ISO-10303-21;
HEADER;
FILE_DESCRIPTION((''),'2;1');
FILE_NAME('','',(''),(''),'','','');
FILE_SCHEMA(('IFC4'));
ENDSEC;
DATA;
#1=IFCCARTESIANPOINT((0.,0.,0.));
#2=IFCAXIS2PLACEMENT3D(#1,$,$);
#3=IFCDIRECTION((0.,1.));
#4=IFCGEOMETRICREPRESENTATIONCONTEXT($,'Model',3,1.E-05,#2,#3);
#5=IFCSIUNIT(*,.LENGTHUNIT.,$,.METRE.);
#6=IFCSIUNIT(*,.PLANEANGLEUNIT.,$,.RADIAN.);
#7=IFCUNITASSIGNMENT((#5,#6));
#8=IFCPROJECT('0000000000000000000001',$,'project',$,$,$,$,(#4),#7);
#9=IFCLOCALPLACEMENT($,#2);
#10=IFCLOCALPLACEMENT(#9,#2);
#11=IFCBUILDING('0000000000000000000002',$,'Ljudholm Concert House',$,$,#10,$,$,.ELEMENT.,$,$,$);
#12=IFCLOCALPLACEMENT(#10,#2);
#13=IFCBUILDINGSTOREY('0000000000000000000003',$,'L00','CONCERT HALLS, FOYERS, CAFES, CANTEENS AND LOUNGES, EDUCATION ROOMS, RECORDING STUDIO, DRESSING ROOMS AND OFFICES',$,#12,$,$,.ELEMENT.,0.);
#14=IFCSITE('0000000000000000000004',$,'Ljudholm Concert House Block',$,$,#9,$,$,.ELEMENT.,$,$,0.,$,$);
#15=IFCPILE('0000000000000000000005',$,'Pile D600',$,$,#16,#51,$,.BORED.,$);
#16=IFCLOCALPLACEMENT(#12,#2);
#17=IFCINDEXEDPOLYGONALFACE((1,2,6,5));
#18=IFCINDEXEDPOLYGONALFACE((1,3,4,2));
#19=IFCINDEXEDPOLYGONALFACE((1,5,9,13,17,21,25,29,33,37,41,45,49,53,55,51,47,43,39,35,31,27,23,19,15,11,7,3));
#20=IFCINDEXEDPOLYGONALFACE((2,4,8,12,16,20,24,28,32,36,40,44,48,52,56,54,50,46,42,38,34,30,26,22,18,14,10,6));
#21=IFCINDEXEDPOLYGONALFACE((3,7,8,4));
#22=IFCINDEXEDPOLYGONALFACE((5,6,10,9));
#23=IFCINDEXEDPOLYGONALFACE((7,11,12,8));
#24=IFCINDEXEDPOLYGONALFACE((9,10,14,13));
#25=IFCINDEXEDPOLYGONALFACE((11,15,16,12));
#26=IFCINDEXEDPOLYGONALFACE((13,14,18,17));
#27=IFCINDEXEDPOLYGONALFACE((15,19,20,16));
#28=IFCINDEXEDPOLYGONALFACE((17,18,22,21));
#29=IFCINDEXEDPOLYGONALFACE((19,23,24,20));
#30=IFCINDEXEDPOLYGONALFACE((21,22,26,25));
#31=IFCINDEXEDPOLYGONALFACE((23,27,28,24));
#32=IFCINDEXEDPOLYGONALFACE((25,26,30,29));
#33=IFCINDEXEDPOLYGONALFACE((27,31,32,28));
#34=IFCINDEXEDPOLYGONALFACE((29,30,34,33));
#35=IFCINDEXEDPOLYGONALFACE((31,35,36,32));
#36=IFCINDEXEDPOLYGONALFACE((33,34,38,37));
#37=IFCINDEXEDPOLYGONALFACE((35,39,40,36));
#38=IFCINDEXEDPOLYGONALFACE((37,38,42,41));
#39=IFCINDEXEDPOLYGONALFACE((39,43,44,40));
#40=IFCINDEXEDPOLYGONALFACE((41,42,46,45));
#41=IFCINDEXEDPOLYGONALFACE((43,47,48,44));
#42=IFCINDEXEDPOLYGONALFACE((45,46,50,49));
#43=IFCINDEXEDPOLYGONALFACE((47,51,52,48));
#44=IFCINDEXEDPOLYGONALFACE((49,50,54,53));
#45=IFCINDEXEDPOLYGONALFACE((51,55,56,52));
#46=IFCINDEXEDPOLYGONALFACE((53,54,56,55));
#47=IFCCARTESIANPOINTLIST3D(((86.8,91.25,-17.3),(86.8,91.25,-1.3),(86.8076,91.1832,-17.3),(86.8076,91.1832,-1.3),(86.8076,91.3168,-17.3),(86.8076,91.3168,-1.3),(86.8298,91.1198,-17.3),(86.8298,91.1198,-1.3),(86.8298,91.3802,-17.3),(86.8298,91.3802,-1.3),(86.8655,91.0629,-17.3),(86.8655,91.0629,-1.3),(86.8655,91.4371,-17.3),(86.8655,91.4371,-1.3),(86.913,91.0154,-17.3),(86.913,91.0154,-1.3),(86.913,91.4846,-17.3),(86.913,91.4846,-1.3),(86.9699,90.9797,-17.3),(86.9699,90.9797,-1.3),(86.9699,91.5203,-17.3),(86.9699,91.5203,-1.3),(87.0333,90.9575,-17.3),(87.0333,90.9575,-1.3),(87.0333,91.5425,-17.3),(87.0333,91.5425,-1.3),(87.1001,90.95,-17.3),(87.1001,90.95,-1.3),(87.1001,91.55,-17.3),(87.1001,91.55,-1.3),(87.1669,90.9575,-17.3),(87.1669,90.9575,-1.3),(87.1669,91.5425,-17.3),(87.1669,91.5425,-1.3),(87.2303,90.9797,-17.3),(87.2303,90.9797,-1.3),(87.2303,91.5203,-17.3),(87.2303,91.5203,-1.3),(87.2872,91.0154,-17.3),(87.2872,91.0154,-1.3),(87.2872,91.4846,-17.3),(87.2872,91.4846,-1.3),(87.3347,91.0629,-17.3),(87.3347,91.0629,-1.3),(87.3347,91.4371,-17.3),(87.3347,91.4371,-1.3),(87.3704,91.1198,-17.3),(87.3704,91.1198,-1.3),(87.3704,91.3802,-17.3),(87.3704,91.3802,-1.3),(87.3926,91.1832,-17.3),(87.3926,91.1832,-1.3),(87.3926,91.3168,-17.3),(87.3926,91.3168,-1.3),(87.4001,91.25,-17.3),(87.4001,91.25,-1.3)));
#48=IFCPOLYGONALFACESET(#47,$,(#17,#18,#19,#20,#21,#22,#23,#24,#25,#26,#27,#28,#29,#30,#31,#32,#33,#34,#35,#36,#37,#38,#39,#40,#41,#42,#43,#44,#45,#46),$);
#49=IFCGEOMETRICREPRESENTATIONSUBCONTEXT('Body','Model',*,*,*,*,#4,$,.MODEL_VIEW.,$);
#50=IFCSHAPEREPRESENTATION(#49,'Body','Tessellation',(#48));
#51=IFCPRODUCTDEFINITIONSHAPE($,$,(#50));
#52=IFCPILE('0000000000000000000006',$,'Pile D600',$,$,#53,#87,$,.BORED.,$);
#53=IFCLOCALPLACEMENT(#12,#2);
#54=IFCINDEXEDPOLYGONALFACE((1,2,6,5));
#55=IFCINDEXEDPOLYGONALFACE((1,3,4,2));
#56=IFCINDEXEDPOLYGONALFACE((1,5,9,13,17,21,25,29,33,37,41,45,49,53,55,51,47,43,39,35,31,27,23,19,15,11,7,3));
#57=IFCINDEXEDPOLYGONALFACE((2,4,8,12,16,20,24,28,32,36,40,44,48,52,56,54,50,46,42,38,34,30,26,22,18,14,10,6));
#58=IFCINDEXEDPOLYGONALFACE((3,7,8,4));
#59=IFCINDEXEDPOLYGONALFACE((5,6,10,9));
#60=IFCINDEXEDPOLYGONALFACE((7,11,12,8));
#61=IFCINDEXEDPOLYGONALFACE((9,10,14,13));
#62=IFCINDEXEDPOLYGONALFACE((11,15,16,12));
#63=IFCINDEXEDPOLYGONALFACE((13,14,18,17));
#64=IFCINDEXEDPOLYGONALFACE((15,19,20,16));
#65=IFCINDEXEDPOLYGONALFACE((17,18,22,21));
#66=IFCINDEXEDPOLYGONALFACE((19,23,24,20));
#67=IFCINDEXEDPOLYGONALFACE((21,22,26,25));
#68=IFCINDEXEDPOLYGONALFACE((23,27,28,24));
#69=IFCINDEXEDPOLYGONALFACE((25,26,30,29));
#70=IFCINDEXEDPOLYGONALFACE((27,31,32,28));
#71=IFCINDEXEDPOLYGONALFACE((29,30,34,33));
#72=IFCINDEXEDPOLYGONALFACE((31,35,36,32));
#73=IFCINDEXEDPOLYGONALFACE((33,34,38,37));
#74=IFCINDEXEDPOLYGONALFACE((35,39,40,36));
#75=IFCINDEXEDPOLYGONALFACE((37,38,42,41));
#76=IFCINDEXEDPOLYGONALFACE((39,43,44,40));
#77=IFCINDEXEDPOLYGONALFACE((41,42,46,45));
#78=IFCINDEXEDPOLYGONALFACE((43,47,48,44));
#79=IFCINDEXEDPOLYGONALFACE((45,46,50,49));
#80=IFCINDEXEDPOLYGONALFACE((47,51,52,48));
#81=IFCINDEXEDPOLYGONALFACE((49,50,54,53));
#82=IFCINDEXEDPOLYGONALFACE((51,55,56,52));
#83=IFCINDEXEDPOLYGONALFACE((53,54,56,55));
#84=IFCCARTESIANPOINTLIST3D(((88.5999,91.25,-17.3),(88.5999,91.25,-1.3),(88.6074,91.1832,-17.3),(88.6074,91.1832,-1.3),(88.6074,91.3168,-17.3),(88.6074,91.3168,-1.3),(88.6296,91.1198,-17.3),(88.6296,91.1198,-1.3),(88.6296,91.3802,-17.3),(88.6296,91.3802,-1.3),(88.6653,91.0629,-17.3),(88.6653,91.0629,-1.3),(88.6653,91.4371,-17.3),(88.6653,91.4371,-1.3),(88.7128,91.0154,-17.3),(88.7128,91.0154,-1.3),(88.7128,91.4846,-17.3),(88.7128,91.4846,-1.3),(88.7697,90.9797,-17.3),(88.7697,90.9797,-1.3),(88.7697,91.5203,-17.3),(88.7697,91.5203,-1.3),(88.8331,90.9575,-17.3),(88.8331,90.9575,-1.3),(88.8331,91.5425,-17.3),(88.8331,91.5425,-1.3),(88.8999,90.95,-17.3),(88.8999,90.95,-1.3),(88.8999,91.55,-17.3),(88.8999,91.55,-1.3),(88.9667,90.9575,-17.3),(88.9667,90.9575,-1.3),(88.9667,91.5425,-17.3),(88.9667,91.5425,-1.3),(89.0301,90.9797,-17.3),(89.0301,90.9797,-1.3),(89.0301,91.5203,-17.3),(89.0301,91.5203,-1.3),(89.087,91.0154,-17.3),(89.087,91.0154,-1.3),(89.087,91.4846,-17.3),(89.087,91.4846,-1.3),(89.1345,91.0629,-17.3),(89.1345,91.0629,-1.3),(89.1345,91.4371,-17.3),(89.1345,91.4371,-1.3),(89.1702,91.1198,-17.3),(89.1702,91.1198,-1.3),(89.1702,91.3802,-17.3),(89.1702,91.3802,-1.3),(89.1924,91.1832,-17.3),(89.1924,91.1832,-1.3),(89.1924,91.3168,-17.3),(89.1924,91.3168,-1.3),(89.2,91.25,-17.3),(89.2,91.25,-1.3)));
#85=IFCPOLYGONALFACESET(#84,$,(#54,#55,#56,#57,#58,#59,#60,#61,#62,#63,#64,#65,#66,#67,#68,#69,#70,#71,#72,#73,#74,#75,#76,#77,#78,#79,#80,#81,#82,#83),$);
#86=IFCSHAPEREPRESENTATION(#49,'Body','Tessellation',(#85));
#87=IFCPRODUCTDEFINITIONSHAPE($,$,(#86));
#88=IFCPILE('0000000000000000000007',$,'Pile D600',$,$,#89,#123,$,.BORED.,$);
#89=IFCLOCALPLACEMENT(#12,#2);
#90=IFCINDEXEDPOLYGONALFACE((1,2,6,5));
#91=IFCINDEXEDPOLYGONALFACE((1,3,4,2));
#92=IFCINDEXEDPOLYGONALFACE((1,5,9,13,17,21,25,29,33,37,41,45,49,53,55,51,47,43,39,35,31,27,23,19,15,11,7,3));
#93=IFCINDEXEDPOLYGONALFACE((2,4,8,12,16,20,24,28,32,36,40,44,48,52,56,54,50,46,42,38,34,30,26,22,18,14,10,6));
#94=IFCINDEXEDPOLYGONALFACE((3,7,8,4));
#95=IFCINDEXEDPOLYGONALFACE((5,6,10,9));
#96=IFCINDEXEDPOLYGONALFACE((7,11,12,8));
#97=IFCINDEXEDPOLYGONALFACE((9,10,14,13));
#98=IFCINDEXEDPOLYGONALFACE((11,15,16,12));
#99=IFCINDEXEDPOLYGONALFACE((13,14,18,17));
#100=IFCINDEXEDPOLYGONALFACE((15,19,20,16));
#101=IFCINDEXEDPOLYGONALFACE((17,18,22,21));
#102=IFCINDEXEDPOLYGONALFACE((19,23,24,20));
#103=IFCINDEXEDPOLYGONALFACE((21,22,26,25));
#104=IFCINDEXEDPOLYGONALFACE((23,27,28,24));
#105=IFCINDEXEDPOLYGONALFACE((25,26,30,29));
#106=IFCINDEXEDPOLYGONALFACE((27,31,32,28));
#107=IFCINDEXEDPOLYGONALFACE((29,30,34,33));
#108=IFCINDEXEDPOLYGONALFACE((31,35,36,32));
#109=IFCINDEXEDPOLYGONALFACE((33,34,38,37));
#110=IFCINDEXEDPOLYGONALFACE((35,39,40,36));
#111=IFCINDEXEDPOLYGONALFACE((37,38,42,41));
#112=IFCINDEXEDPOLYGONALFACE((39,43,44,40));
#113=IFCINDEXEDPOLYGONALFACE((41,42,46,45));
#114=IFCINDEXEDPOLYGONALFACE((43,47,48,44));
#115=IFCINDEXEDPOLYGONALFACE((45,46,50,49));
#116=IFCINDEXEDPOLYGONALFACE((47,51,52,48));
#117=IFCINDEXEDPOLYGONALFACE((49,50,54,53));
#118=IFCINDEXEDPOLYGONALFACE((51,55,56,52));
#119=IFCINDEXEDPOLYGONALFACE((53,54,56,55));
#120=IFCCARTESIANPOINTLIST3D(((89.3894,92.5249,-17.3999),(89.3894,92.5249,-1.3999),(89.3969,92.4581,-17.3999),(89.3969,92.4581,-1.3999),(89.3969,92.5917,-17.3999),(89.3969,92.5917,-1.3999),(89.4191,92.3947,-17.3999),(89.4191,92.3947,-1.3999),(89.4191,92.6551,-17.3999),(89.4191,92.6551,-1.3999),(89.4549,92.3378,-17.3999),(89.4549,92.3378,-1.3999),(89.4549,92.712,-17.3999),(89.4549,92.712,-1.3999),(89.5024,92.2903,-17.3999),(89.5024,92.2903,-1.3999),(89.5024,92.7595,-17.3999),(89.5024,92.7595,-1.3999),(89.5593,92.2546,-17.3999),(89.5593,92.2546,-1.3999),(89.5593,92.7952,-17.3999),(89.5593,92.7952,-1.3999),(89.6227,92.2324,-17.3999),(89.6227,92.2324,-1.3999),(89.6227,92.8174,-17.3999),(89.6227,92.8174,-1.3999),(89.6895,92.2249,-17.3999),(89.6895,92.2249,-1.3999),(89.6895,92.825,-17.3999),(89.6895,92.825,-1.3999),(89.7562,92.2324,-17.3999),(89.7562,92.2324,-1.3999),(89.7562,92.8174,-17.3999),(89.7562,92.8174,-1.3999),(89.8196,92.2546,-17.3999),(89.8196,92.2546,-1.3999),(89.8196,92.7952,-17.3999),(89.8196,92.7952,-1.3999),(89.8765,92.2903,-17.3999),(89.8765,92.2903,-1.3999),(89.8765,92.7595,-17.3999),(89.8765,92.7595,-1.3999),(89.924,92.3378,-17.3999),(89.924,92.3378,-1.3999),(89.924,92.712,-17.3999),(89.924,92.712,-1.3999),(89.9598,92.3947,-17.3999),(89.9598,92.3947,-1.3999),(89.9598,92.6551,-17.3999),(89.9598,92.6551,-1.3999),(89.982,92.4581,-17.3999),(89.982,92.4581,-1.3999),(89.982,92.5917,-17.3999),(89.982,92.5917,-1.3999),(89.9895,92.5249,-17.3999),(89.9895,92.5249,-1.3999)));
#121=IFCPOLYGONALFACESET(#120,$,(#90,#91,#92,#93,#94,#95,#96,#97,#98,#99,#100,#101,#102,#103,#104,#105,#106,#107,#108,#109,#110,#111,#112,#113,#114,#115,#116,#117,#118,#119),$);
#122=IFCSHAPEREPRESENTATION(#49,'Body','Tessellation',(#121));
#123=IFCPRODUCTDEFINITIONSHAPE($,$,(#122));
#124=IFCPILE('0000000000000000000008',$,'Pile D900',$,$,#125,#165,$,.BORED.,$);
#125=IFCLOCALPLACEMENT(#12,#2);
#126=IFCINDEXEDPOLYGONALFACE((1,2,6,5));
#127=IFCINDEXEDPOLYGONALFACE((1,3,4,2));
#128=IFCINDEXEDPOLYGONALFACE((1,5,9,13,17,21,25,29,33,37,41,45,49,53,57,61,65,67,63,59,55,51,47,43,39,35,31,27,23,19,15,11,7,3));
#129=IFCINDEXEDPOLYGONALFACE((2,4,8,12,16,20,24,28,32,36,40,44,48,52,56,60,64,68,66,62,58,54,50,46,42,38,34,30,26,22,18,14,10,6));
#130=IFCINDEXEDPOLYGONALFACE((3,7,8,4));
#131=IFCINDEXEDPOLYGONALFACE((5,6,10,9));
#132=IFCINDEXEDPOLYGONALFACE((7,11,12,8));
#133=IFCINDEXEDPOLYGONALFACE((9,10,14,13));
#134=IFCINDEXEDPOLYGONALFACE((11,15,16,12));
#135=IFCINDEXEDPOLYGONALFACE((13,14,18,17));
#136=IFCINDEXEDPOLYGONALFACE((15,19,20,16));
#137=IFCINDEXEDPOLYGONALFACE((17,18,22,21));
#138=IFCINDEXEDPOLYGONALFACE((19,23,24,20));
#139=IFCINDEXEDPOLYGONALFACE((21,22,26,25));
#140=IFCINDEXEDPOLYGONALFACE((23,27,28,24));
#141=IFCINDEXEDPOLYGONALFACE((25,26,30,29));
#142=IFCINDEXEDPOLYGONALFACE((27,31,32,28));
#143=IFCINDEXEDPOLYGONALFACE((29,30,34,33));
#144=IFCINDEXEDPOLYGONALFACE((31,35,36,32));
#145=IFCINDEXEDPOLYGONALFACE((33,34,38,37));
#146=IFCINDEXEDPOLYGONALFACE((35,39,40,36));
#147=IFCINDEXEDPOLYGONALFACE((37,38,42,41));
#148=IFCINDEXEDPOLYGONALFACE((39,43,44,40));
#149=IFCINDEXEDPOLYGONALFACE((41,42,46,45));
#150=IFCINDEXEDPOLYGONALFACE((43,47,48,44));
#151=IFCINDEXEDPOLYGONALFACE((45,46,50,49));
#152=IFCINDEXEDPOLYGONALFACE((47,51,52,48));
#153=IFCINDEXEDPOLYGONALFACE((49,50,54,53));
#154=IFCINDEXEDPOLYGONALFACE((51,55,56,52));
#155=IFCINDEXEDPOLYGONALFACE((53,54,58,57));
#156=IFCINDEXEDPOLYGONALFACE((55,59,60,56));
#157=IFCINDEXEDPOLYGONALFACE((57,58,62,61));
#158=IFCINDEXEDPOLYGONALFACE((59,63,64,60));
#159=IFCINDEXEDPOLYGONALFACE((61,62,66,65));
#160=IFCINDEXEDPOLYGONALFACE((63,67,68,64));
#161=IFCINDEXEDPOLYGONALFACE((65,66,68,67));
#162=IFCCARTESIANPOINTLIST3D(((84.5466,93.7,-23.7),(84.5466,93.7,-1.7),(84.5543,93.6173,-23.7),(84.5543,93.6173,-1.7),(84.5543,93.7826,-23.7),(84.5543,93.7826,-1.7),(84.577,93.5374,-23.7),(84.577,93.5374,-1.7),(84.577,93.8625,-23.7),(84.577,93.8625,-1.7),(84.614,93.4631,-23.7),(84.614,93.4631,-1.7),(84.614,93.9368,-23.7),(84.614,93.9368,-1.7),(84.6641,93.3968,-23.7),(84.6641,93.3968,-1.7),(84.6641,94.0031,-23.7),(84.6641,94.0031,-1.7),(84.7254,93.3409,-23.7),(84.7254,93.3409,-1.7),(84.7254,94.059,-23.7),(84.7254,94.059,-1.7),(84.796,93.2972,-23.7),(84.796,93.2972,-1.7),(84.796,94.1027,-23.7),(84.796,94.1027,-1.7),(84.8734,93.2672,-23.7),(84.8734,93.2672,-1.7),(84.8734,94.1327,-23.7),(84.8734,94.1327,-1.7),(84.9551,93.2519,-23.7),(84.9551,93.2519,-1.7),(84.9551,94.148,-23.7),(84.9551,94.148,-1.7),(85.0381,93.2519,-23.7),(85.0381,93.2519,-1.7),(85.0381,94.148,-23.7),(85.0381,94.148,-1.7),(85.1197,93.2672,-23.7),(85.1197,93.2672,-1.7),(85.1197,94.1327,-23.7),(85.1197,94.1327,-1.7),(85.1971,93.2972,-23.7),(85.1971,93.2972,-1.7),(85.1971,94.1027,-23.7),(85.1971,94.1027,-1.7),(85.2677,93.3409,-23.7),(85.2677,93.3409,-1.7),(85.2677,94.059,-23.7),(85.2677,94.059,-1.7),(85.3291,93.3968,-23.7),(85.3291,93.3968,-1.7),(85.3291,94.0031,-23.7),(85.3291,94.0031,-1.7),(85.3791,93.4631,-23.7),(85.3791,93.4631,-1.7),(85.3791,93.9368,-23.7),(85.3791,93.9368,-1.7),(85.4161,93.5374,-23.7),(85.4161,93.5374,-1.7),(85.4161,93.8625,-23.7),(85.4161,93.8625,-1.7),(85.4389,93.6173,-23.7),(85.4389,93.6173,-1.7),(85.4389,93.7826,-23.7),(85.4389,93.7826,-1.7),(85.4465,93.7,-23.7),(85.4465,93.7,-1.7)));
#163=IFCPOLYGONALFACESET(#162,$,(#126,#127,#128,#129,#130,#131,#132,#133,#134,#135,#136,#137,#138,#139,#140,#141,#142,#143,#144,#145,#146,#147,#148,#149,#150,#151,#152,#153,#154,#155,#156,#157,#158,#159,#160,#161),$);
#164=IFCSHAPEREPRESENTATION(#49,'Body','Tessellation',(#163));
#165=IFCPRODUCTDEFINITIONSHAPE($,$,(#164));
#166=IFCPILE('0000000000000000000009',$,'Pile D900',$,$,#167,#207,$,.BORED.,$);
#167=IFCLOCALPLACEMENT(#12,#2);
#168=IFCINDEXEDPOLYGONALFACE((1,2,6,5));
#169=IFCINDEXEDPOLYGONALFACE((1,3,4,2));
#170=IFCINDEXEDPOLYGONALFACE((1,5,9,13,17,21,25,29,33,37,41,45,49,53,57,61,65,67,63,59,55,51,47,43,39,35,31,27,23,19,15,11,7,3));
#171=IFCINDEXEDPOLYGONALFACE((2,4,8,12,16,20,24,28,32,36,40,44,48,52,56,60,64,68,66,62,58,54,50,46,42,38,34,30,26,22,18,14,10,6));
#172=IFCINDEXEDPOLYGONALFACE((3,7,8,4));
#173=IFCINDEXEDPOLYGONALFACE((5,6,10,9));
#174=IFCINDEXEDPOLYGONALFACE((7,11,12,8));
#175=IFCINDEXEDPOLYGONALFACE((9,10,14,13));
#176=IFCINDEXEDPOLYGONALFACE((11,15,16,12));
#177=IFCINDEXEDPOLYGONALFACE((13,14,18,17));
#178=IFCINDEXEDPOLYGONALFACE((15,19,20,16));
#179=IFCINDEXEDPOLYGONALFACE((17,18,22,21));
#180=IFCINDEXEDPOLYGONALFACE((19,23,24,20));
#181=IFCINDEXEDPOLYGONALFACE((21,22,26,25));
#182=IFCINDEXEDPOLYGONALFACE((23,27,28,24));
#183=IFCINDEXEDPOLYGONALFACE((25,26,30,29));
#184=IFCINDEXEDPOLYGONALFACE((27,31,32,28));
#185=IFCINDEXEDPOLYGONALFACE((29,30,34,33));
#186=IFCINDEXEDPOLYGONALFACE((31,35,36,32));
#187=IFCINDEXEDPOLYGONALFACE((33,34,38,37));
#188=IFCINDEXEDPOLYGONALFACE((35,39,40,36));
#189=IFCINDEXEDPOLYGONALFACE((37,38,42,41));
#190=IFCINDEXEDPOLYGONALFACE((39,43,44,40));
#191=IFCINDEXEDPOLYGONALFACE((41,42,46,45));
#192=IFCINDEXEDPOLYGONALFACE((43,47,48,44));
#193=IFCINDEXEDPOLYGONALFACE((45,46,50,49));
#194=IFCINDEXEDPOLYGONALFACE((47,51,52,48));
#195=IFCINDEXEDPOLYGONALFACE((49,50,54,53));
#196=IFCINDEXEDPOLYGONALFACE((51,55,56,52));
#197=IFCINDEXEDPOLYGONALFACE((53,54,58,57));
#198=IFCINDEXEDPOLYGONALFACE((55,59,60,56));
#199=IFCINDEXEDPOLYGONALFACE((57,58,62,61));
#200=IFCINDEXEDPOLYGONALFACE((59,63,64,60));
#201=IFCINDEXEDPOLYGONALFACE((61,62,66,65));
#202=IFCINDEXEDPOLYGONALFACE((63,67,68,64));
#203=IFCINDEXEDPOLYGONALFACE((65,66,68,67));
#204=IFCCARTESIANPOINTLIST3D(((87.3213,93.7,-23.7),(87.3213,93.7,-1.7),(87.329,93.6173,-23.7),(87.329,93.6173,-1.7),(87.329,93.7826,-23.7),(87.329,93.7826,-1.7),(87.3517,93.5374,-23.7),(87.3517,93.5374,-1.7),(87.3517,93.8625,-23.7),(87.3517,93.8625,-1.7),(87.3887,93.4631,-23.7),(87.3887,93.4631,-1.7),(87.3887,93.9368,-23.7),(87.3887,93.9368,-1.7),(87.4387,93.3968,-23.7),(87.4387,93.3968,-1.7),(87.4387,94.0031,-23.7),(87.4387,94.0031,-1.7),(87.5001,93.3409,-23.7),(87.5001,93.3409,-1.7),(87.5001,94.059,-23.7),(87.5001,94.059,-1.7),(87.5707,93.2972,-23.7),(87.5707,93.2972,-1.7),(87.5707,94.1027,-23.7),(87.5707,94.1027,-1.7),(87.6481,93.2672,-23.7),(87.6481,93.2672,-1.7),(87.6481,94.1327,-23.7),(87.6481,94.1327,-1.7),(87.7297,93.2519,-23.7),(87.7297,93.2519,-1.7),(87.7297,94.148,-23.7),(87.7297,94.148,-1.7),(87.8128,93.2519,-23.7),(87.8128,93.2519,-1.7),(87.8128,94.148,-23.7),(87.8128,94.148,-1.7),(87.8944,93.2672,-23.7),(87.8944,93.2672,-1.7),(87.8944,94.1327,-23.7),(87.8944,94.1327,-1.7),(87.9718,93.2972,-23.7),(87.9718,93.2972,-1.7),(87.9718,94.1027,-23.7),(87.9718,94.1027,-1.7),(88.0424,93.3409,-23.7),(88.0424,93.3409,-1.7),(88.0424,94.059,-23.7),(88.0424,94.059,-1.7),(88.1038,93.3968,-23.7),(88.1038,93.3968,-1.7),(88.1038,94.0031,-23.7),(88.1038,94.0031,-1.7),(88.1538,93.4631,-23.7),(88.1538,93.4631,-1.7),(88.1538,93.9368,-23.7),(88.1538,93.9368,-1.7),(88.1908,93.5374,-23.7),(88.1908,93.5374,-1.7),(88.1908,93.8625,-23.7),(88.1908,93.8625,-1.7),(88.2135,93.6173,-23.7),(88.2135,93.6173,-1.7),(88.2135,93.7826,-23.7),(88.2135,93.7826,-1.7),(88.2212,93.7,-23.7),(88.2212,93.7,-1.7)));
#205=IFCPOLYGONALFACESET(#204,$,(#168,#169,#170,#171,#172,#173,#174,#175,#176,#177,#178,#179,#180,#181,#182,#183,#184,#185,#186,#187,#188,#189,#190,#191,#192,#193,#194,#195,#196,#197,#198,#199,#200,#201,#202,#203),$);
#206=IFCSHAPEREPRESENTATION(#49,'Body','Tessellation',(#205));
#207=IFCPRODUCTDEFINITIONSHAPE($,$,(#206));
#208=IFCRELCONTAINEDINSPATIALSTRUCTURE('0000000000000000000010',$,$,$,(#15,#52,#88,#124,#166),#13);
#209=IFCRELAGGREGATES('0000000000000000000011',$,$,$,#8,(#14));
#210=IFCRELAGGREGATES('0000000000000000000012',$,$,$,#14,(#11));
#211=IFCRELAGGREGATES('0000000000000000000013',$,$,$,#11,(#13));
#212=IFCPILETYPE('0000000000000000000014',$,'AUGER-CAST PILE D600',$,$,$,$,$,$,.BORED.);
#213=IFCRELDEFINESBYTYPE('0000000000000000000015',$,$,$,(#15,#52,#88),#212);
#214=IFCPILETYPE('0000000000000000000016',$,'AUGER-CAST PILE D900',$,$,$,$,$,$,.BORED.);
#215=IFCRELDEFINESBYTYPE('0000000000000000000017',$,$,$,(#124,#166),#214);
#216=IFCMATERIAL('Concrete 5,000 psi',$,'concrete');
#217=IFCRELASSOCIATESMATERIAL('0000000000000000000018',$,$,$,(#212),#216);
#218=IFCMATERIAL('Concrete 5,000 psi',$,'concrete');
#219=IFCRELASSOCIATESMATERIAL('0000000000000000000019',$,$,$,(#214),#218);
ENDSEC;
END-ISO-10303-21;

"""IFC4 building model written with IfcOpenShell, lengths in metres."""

from ifc_helpers import new_model, si_unit, direction, frame, origin, origin_2d, place, context, subcontext, project, spatial, circle, extrude, material, material_profile, profile_set, type_object, element, save


model = new_model("IFC4")

# Units and contexts
model_context = context("Model", 3, precision=1e-05, world=origin(), true_north=direction((0.0, 1.0)))
body_context = subcontext(model_context, "Body", "Model", "MODEL_VIEW")
ifc_project = project(units=[si_unit("LENGTHUNIT", "METRE"), si_unit("PLANEANGLEUNIT", "RADIAN")], contexts=[model_context])

# Site, building, storey
site_placement = place(None, origin())
site = spatial("IfcSite", under=ifc_project, at=site_placement, Name="Ljudholm Concert House Block", CompositionType="ELEMENT", RefElevation=0.0)
building_placement = place(site_placement, origin())
building = spatial("IfcBuilding", under=site, at=building_placement, Name="Ljudholm Concert House", CompositionType="ELEMENT")
storey_placement = place(building_placement, origin())
storey = spatial("IfcBuildingStorey", under=building, at=storey_placement, Name="L00", Description="CONCERT HALLS, FOYERS, CAFES, CANTEENS AND LOUNGES, EDUCATION ROOMS, RECORDING STUDIO, DRESSING ROOMS AND OFFICES", CompositionType="ELEMENT", Elevation=0.0)

# Piles
ifc_material_1 = material(Name="Concrete 5,000 psi", Category="concrete")
ifc_material_profile_1 = material_profile(ifc_material_1, circle(Radius=0.3, at=origin_2d()), Name="AUGER-CAST PILE D600")
ifc_profile_set_1 = profile_set([ifc_material_profile_1], Name="Concrete 5,000 psi")
pile_type_1 = type_object("IfcPileType", Name="AUGER-CAST PILE D600", PredefinedType="BORED", material=ifc_profile_set_1)
for number, where, z_axis, x_axis, name in (
    (1, (87.1001, 91.25, -1.3), (0.0, 0.0, -1.0), (1.0, 0.0, 0.0), "Pile D600"),
    (2, (88.8999, 91.25, -1.3), (0.0, 0.0, -1.0), (1.0, 0.0, 0.0), "Pile D600"),
    (3, (89.6895, 92.5249, -1.3999), (0.0, 0.0, -1.0), (1.0, 0.0, 0.0), "Pile D600"),
):
    element("IfcPile", number, at=place(storey_placement, frame(where, z_axis=z_axis, x_axis=x_axis)), inside=storey, type_object=pile_type_1, Name=name, PredefinedType="BORED", context=body_context, shape_type="SweptSolid", body=[
        extrude(circle(Radius=0.3, at=origin_2d()), origin(), (0.0, 0.0, 1.0), 16.0),
    ])
ifc_material_2 = material(Name="Concrete 5,000 psi", Category="concrete")
ifc_material_profile_2 = material_profile(ifc_material_2, circle(Radius=0.45, at=origin_2d()), Name="AUGER-CAST PILE D900")
ifc_profile_set_2 = profile_set([ifc_material_profile_2], Name="Concrete 5,000 psi")
pile_type_2 = type_object("IfcPileType", Name="AUGER-CAST PILE D900", PredefinedType="BORED", material=ifc_profile_set_2)
for number, where, z_axis, x_axis, name in (
    (4, (84.9966, 93.7, -1.7), (0.0, 0.0, -1.0), (1.0, 0.0, 0.0), "Pile D900"),
    (5, (87.7712, 93.7, -1.7), (0.0, 0.0, -1.0), (1.0, 0.0, 0.0), "Pile D900"),
):
    element("IfcPile", number, at=place(storey_placement, frame(where, z_axis=z_axis, x_axis=x_axis)), inside=storey, type_object=pile_type_2, Name=name, PredefinedType="BORED", context=body_context, shape_type="SweptSolid", body=[
        extrude(circle(Radius=0.45, at=origin_2d()), origin(), (0.0, 0.0, 1.0), 22.0),
    ])

save(model, "model.ifc")
